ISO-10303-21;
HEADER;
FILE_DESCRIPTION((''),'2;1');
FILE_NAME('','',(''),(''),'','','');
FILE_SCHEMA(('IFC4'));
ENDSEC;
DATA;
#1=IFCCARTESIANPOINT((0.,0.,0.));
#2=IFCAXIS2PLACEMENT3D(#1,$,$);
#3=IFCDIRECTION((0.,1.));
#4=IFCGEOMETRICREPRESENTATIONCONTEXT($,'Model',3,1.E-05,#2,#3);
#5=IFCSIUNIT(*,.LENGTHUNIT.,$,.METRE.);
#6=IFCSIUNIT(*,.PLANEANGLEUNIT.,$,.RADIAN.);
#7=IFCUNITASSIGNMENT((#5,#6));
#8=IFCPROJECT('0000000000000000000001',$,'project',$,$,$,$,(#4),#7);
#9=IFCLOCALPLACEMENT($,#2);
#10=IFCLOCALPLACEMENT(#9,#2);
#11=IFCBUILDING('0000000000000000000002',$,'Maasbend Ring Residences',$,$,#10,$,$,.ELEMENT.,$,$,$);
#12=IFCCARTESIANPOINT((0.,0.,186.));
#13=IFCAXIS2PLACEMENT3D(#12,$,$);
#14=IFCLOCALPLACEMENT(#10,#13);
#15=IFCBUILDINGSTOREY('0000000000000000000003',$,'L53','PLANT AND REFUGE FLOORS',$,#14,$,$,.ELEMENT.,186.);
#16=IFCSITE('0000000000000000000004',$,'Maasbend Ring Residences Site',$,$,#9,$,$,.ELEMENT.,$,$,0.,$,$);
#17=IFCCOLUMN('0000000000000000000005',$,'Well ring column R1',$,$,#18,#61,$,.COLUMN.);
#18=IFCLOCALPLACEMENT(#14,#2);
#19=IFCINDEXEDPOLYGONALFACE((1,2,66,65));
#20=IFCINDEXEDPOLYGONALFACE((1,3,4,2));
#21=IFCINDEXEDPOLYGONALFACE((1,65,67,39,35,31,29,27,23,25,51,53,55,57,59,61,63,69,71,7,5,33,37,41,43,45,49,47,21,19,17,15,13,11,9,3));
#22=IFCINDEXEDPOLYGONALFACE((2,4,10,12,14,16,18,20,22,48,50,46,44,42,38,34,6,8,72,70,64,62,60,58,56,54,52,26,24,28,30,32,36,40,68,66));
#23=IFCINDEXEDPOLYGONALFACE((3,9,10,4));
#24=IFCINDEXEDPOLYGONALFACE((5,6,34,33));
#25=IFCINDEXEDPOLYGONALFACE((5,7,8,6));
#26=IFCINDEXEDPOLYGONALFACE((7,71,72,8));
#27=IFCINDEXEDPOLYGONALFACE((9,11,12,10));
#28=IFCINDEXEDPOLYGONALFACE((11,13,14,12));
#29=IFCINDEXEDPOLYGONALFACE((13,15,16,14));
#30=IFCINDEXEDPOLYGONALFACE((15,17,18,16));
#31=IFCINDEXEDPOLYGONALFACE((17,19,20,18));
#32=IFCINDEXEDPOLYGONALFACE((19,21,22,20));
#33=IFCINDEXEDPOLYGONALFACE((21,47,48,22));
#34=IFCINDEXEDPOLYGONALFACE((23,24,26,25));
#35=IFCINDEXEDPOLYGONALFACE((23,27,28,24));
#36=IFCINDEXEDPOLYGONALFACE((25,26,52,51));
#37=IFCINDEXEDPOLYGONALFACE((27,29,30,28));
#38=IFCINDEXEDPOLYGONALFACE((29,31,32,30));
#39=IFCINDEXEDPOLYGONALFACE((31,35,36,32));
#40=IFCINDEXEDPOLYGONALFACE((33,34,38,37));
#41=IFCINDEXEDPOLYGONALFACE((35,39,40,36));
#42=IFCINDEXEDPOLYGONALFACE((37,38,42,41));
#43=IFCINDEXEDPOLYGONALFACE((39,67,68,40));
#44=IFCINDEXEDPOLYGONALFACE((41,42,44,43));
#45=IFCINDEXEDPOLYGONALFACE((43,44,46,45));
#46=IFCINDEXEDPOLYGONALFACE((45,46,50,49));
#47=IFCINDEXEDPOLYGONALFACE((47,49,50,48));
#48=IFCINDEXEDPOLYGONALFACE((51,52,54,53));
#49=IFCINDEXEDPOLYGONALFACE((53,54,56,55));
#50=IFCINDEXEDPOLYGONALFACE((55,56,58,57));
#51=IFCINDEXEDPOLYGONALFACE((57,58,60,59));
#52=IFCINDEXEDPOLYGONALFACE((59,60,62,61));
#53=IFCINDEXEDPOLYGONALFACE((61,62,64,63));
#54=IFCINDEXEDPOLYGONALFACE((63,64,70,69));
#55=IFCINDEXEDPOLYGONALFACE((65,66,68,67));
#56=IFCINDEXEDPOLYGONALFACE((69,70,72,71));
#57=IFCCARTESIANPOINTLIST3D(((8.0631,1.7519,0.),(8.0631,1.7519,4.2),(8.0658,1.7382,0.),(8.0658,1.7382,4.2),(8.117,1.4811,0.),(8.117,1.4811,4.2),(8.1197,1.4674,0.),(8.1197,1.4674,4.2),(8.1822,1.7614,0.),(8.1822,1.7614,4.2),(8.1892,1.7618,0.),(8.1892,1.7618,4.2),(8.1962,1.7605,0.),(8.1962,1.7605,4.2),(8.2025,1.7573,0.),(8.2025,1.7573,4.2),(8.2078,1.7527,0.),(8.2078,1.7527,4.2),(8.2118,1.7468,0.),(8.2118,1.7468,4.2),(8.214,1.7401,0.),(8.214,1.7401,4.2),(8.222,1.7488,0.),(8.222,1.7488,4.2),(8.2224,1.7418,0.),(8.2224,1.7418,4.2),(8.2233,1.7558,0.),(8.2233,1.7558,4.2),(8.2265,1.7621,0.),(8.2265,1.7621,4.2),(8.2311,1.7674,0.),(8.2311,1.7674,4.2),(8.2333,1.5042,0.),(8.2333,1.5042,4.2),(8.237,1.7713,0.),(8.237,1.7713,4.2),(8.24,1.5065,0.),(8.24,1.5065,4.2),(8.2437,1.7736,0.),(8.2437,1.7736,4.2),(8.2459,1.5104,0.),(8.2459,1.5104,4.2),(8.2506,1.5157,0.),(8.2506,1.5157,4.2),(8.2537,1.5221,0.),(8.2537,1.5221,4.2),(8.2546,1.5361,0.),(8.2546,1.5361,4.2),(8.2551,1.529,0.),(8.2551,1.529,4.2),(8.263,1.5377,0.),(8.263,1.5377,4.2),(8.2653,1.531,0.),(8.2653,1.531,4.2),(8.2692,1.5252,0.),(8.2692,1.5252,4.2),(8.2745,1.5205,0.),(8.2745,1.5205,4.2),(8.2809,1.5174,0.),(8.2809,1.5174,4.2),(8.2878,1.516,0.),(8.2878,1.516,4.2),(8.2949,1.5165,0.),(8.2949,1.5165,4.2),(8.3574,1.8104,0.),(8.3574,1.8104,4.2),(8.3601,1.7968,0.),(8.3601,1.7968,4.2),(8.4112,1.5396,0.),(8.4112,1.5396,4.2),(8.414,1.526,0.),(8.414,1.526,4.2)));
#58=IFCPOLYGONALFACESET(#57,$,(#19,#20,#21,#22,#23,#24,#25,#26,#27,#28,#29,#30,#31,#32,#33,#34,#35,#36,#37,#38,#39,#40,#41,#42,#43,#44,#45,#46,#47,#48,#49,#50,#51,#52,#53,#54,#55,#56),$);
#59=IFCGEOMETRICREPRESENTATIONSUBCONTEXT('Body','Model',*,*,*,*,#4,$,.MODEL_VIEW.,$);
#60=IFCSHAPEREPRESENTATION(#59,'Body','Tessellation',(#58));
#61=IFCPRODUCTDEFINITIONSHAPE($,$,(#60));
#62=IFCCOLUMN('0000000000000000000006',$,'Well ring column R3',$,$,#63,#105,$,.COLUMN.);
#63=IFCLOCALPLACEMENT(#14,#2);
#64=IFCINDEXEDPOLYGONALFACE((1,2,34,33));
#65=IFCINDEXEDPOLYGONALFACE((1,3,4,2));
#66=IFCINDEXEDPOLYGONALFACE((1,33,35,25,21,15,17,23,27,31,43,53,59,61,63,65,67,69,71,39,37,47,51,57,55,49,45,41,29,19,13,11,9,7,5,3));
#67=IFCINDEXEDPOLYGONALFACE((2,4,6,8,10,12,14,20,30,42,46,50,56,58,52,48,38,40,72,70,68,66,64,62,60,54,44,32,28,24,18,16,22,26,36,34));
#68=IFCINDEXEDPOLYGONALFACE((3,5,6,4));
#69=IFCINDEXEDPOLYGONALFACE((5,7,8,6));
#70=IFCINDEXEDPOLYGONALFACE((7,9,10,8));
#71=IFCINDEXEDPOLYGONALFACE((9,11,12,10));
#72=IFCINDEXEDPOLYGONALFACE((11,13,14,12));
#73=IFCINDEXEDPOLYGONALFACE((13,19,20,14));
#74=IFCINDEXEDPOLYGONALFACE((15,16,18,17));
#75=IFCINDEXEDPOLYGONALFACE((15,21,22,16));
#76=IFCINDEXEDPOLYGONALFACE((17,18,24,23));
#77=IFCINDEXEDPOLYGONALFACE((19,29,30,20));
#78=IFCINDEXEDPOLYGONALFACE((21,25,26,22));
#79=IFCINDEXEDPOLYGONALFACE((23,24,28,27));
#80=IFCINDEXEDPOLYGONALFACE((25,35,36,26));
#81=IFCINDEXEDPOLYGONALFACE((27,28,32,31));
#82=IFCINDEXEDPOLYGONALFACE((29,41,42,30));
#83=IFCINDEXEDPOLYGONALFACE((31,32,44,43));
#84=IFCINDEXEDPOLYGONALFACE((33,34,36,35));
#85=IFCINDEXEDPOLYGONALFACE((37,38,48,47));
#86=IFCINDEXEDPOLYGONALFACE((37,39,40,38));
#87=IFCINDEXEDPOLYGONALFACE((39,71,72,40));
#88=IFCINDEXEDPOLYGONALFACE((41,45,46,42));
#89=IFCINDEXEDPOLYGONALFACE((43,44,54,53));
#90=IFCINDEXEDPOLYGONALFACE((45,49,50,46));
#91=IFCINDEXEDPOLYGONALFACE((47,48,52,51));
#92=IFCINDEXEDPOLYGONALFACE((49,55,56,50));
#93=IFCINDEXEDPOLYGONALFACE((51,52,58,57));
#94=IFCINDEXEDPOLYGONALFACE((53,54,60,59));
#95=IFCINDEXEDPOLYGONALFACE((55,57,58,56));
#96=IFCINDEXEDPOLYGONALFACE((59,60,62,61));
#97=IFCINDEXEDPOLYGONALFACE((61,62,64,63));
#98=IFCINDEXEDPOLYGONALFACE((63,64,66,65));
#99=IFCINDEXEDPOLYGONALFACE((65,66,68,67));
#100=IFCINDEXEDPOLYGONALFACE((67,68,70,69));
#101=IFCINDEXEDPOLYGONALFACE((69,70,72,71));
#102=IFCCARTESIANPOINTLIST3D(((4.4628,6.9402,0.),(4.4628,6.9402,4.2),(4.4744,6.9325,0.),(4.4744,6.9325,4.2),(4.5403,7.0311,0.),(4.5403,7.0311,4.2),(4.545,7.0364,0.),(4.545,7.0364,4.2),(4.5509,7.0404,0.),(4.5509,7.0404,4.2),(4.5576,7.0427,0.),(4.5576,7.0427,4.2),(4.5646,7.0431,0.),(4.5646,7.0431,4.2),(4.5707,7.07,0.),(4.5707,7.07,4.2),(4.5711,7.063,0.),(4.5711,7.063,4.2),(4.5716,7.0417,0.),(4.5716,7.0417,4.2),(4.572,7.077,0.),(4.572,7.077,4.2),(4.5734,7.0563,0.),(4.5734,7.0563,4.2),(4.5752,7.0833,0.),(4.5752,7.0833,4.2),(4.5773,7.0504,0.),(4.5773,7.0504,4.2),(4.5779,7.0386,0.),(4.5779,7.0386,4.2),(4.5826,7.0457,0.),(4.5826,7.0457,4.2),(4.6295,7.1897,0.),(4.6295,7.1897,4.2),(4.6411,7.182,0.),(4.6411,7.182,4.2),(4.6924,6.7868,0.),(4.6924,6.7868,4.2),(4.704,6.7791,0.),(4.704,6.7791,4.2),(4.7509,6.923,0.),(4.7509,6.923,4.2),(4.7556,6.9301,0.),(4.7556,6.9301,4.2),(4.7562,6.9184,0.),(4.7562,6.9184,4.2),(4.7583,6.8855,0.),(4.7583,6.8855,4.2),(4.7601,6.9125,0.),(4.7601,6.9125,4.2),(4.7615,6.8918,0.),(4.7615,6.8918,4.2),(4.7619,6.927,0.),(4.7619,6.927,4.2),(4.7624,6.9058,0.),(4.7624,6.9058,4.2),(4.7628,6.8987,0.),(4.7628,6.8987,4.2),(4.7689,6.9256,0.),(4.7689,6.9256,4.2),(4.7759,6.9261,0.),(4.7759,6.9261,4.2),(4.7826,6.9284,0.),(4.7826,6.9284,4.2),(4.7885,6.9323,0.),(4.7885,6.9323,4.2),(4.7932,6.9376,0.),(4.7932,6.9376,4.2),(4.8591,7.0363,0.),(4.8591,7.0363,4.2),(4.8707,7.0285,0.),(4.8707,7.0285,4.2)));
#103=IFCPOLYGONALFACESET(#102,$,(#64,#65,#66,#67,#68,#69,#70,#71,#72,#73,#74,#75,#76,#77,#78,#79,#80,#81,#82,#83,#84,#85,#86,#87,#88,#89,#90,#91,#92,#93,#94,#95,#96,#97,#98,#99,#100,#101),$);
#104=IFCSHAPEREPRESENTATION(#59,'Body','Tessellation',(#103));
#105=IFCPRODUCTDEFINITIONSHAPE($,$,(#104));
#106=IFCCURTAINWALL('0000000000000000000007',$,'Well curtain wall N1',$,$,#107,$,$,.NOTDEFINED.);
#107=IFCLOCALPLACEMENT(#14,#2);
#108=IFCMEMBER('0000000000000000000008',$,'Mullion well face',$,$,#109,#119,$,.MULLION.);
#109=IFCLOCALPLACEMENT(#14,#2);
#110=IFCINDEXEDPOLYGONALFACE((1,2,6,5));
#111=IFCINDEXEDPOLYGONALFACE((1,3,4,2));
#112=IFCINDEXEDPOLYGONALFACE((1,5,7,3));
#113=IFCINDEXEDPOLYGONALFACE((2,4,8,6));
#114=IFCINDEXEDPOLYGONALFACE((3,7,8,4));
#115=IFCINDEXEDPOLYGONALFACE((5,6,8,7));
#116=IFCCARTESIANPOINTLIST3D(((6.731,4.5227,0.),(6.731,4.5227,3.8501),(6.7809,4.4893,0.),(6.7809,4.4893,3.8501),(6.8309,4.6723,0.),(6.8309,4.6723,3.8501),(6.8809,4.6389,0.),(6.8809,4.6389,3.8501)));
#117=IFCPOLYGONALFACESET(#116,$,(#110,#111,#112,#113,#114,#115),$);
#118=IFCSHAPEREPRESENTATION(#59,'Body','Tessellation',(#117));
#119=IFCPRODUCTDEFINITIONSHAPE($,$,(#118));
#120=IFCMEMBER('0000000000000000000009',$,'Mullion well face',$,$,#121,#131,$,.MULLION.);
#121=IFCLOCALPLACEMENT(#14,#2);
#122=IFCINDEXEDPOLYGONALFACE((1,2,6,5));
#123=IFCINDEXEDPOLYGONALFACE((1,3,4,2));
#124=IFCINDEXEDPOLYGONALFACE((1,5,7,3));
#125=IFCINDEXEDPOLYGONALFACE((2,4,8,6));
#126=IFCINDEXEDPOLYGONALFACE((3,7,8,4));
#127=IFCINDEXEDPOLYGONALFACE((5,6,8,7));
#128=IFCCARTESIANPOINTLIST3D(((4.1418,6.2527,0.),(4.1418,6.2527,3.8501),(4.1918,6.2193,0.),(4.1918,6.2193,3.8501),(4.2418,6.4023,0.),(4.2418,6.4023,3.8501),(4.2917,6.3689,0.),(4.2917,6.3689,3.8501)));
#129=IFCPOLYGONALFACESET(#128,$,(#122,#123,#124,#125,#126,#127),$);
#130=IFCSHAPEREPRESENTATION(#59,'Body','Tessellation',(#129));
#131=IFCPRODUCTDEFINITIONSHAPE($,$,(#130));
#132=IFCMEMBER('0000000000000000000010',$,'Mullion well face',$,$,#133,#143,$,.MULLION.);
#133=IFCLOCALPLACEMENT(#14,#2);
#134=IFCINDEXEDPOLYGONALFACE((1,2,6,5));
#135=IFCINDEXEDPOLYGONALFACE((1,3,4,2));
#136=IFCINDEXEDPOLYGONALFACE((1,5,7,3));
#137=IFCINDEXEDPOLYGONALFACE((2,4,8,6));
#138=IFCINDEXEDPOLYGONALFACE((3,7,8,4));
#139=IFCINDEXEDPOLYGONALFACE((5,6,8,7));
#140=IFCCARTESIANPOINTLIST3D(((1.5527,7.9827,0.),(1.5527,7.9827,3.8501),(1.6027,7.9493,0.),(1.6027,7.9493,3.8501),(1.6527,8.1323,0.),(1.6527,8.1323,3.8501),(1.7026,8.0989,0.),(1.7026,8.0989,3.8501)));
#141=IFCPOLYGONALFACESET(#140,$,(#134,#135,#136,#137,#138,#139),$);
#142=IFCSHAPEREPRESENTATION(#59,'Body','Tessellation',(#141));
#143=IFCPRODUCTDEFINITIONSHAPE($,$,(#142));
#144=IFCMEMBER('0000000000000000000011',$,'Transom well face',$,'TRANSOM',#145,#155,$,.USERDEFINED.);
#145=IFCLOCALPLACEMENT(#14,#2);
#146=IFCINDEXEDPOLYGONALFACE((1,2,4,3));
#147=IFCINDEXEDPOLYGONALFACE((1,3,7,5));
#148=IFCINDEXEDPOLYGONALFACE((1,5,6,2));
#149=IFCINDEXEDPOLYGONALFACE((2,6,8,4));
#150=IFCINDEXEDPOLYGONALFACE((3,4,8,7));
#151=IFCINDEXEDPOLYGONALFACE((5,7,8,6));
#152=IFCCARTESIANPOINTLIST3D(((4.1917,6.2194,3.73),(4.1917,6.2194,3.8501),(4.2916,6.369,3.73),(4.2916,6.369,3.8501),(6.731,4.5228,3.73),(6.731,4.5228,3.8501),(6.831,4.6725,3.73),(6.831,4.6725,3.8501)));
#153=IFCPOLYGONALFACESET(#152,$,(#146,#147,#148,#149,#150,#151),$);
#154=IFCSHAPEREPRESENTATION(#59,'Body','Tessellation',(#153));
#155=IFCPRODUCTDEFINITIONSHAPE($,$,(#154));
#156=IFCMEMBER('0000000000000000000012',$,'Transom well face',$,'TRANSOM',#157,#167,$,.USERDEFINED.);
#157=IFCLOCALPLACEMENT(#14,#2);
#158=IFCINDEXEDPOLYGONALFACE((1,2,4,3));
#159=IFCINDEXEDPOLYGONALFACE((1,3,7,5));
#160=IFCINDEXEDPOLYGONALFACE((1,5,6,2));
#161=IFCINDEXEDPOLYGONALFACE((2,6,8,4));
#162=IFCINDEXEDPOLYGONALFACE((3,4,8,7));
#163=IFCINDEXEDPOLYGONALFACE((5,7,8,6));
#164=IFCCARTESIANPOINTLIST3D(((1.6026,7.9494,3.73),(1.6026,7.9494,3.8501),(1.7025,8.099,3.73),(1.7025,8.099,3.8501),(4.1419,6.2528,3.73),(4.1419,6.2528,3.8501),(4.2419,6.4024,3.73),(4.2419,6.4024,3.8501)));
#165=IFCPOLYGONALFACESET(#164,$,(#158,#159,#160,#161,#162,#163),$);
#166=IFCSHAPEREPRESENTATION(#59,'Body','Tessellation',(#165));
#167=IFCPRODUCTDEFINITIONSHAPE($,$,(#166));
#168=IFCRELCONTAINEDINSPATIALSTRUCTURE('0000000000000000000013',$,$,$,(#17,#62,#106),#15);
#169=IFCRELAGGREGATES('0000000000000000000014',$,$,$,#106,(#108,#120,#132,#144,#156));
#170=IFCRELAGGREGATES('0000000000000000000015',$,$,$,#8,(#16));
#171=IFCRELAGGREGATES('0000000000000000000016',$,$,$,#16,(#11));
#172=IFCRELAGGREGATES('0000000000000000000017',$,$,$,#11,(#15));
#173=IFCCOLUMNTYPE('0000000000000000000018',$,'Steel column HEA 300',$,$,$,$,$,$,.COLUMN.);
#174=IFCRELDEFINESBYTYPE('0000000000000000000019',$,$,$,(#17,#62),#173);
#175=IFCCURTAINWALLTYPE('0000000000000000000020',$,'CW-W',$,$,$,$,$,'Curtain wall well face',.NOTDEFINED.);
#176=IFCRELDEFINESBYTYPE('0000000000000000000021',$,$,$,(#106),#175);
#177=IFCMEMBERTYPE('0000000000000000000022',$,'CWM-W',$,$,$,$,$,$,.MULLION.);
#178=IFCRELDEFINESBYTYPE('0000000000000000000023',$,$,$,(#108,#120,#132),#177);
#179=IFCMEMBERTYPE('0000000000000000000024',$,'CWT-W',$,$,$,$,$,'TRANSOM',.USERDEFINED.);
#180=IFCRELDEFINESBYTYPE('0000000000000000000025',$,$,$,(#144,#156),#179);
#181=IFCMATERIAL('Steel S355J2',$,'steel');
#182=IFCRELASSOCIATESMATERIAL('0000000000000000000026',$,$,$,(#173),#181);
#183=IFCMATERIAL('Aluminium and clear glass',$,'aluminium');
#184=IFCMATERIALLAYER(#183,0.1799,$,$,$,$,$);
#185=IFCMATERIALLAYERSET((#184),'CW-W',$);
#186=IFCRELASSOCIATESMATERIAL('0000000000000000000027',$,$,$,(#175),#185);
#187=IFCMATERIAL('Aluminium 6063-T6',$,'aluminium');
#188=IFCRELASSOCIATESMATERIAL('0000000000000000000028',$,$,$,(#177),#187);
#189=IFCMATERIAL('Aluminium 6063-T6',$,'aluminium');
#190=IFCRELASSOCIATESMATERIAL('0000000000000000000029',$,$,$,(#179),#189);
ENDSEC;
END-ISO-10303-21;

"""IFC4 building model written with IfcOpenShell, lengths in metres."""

from ifc_helpers import new_model, si_unit, direction, frame, origin, origin_2d, place, context, subcontext, project, spatial, rectangle, i_section, extrude, material, layer, layer_set, material_profile, profile_set, type_object, element, aggregate, save


model = new_model("IFC4")

# Units and contexts
model_context = context("Model", 3, precision=1e-05, world=origin(), true_north=direction((0.0, 1.0)))
body_context = subcontext(model_context, "Body", "Model", "MODEL_VIEW")
ifc_project = project(units=[si_unit("LENGTHUNIT", "METRE"), si_unit("PLANEANGLEUNIT", "RADIAN")], contexts=[model_context])

# Site, building, storey
site_placement = place(None, origin())
site = spatial("IfcSite", under=ifc_project, at=site_placement, Name="Maasbend Ring Residences Site", CompositionType="ELEMENT", RefElevation=0.0)
building_placement = place(site_placement, origin())
building = spatial("IfcBuilding", under=site, at=building_placement, Name="Maasbend Ring Residences", CompositionType="ELEMENT")
storey_placement = place(building_placement, frame((0.0, 0.0, 186.0)))
storey = spatial("IfcBuildingStorey", under=building, at=storey_placement, Name="L53", Description="PLANT AND REFUGE FLOORS", CompositionType="ELEMENT", Elevation=186.0)

# Columns
ifc_material_1 = material(Name="Steel S355J2", Category="steel")
ifc_material_profile_1 = material_profile(ifc_material_1, i_section(OverallWidth=0.3, OverallDepth=0.29, WebThickness=0.0085, FlangeThickness=0.0139, FilletRadius=0.0271, at=origin_2d()), Name="HEA 300")
ifc_profile_set_1 = profile_set([ifc_material_profile_1], Name="Steel S355J2")
column_type = type_object("IfcColumnType", Name="Steel column HEA 300", PredefinedType="COLUMN", material=ifc_profile_set_1)
for number, where, z_axis, x_axis, name in (
    (1, (8.2385, 1.6389, 0.0), (0.0, 0.0, 1.0), (0.980785, 0.19509, 0.0), "Well ring column R1"),
    (2, (4.6667, 6.9844, 0.0), (0.0, 0.0, 1.0), (0.55557, 0.83147, 0.0), "Well ring column R3"),
):
    element("IfcColumn", number, at=place(storey_placement, frame(where, z_axis=z_axis, x_axis=x_axis)), inside=storey, type_object=column_type, Name=name, PredefinedType="COLUMN", context=body_context, shape_type="SweptSolid", body=[
        extrude(i_section(OverallWidth=0.3, OverallDepth=0.29, WebThickness=0.0085, FlangeThickness=0.0139, FilletRadius=0.0271, at=origin_2d()), origin(), (0.0, 0.0, 1.0), 4.2),
    ])

# Curtain wall, members
ifc_material_2 = material(Name="Aluminium and clear glass", Category="aluminium")
ifc_layer_1 = layer(ifc_material_2, 0.1799)
ifc_layer_set_1 = layer_set([ifc_layer_1], Name="CW-W")
curtain_wall_type = type_object("IfcCurtainWallType", Name="CW-W", ElementType="Curtain wall well face", PredefinedType="NOTDEFINED", material=ifc_layer_set_1)
curtain_wall_1_placement = place(storey_placement, origin())
curtain_wall_1 = element("IfcCurtainWall", 3, at=curtain_wall_1_placement, inside=storey, type_object=curtain_wall_type, Name="Well curtain wall N1", PredefinedType="NOTDEFINED")
ifc_material_3 = material(Name="Aluminium 6063-T6", Category="aluminium")
ifc_material_profile_2 = material_profile(ifc_material_3, rectangle(XDim=0.1799, YDim=0.0601, at=origin_2d()), Name="AL 180x60")
ifc_profile_set_2 = profile_set([ifc_material_profile_2], Name="Aluminium 6063-T6")
member_type_1 = type_object("IfcMemberType", Name="CWM-W", PredefinedType="MULLION", material=ifc_profile_set_2)
member_1_placement = place(storey_placement, frame((6.8059, 4.5808, 0.0), z_axis=(0.0, 0.0, 1.0), x_axis=(-0.55557, -0.83147, 0.0)))
member_1 = element("IfcMember", 4, at=member_1_placement, type_object=member_type_1, Name="Mullion well face", PredefinedType="MULLION", context=body_context, shape_type="SweptSolid", body=[
    extrude(rectangle(XDim=0.1799, YDim=0.0601, at=origin_2d()), origin(), (0.0, 0.0, 1.0), 3.8501),
])
member_2_placement = place(storey_placement, frame((4.2168, 6.3108, 0.0), z_axis=(0.0, 0.0, 1.0), x_axis=(-0.55557, -0.83147, 0.0)))
member_2 = element("IfcMember", 5, at=member_2_placement, type_object=member_type_1, Name="Mullion well face", PredefinedType="MULLION", context=body_context, shape_type="SweptSolid", body=[
    extrude(rectangle(XDim=0.1799, YDim=0.0601, at=origin_2d()), origin(), (0.0, 0.0, 1.0), 3.8501),
])
member_3_placement = place(storey_placement, frame((1.6277, 8.0408, 0.0), z_axis=(0.0, 0.0, 1.0), x_axis=(-0.55557, -0.83147, 0.0)))
member_3 = element("IfcMember", 6, at=member_3_placement, type_object=member_type_1, Name="Mullion well face", PredefinedType="MULLION", context=body_context, shape_type="SweptSolid", body=[
    extrude(rectangle(XDim=0.1799, YDim=0.0601, at=origin_2d()), origin(), (0.0, 0.0, 1.0), 3.8501),
])
ifc_material_4 = material(Name="Aluminium 6063-T6", Category="aluminium")
ifc_material_profile_3 = material_profile(ifc_material_4, rectangle(XDim=0.1799, YDim=0.1201, at=origin_2d()), Name="AL 180x120")
ifc_profile_set_3 = profile_set([ifc_material_profile_3], Name="Aluminium 6063-T6")
member_type_2 = type_object("IfcMemberType", Name="CWT-W", ElementType="TRANSOM", PredefinedType="USERDEFINED", material=ifc_profile_set_3)
member_4_placement = place(storey_placement, frame((6.781, 4.5977, 3.79), z_axis=(-0.831496, 0.55553, 0.0), x_axis=(-0.55553, -0.831496, 0.0)))
member_4 = element("IfcMember", 7, at=member_4_placement, type_object=member_type_2, Name="Transom well face", ObjectType="TRANSOM", PredefinedType="USERDEFINED", context=body_context, shape_type="SweptSolid", body=[
    extrude(rectangle(XDim=0.1799, YDim=0.1201, at=origin_2d()), origin(), (0.0, 0.0, 1.0), 3.054),
])
member_5_placement = place(storey_placement, frame((4.1919, 6.3276, 3.79), z_axis=(-0.831496, 0.55553, 0.0), x_axis=(-0.55553, -0.831496, 0.0)))
member_5 = element("IfcMember", 8, at=member_5_placement, type_object=member_type_2, Name="Transom well face", ObjectType="TRANSOM", PredefinedType="USERDEFINED", context=body_context, shape_type="SweptSolid", body=[
    extrude(rectangle(XDim=0.1799, YDim=0.1201, at=origin_2d()), origin(), (0.0, 0.0, 1.0), 3.054),
])

aggregate(curtain_wall_1, [member_1, member_2, member_3, member_4, member_5])

save(model, "model.ifc")
